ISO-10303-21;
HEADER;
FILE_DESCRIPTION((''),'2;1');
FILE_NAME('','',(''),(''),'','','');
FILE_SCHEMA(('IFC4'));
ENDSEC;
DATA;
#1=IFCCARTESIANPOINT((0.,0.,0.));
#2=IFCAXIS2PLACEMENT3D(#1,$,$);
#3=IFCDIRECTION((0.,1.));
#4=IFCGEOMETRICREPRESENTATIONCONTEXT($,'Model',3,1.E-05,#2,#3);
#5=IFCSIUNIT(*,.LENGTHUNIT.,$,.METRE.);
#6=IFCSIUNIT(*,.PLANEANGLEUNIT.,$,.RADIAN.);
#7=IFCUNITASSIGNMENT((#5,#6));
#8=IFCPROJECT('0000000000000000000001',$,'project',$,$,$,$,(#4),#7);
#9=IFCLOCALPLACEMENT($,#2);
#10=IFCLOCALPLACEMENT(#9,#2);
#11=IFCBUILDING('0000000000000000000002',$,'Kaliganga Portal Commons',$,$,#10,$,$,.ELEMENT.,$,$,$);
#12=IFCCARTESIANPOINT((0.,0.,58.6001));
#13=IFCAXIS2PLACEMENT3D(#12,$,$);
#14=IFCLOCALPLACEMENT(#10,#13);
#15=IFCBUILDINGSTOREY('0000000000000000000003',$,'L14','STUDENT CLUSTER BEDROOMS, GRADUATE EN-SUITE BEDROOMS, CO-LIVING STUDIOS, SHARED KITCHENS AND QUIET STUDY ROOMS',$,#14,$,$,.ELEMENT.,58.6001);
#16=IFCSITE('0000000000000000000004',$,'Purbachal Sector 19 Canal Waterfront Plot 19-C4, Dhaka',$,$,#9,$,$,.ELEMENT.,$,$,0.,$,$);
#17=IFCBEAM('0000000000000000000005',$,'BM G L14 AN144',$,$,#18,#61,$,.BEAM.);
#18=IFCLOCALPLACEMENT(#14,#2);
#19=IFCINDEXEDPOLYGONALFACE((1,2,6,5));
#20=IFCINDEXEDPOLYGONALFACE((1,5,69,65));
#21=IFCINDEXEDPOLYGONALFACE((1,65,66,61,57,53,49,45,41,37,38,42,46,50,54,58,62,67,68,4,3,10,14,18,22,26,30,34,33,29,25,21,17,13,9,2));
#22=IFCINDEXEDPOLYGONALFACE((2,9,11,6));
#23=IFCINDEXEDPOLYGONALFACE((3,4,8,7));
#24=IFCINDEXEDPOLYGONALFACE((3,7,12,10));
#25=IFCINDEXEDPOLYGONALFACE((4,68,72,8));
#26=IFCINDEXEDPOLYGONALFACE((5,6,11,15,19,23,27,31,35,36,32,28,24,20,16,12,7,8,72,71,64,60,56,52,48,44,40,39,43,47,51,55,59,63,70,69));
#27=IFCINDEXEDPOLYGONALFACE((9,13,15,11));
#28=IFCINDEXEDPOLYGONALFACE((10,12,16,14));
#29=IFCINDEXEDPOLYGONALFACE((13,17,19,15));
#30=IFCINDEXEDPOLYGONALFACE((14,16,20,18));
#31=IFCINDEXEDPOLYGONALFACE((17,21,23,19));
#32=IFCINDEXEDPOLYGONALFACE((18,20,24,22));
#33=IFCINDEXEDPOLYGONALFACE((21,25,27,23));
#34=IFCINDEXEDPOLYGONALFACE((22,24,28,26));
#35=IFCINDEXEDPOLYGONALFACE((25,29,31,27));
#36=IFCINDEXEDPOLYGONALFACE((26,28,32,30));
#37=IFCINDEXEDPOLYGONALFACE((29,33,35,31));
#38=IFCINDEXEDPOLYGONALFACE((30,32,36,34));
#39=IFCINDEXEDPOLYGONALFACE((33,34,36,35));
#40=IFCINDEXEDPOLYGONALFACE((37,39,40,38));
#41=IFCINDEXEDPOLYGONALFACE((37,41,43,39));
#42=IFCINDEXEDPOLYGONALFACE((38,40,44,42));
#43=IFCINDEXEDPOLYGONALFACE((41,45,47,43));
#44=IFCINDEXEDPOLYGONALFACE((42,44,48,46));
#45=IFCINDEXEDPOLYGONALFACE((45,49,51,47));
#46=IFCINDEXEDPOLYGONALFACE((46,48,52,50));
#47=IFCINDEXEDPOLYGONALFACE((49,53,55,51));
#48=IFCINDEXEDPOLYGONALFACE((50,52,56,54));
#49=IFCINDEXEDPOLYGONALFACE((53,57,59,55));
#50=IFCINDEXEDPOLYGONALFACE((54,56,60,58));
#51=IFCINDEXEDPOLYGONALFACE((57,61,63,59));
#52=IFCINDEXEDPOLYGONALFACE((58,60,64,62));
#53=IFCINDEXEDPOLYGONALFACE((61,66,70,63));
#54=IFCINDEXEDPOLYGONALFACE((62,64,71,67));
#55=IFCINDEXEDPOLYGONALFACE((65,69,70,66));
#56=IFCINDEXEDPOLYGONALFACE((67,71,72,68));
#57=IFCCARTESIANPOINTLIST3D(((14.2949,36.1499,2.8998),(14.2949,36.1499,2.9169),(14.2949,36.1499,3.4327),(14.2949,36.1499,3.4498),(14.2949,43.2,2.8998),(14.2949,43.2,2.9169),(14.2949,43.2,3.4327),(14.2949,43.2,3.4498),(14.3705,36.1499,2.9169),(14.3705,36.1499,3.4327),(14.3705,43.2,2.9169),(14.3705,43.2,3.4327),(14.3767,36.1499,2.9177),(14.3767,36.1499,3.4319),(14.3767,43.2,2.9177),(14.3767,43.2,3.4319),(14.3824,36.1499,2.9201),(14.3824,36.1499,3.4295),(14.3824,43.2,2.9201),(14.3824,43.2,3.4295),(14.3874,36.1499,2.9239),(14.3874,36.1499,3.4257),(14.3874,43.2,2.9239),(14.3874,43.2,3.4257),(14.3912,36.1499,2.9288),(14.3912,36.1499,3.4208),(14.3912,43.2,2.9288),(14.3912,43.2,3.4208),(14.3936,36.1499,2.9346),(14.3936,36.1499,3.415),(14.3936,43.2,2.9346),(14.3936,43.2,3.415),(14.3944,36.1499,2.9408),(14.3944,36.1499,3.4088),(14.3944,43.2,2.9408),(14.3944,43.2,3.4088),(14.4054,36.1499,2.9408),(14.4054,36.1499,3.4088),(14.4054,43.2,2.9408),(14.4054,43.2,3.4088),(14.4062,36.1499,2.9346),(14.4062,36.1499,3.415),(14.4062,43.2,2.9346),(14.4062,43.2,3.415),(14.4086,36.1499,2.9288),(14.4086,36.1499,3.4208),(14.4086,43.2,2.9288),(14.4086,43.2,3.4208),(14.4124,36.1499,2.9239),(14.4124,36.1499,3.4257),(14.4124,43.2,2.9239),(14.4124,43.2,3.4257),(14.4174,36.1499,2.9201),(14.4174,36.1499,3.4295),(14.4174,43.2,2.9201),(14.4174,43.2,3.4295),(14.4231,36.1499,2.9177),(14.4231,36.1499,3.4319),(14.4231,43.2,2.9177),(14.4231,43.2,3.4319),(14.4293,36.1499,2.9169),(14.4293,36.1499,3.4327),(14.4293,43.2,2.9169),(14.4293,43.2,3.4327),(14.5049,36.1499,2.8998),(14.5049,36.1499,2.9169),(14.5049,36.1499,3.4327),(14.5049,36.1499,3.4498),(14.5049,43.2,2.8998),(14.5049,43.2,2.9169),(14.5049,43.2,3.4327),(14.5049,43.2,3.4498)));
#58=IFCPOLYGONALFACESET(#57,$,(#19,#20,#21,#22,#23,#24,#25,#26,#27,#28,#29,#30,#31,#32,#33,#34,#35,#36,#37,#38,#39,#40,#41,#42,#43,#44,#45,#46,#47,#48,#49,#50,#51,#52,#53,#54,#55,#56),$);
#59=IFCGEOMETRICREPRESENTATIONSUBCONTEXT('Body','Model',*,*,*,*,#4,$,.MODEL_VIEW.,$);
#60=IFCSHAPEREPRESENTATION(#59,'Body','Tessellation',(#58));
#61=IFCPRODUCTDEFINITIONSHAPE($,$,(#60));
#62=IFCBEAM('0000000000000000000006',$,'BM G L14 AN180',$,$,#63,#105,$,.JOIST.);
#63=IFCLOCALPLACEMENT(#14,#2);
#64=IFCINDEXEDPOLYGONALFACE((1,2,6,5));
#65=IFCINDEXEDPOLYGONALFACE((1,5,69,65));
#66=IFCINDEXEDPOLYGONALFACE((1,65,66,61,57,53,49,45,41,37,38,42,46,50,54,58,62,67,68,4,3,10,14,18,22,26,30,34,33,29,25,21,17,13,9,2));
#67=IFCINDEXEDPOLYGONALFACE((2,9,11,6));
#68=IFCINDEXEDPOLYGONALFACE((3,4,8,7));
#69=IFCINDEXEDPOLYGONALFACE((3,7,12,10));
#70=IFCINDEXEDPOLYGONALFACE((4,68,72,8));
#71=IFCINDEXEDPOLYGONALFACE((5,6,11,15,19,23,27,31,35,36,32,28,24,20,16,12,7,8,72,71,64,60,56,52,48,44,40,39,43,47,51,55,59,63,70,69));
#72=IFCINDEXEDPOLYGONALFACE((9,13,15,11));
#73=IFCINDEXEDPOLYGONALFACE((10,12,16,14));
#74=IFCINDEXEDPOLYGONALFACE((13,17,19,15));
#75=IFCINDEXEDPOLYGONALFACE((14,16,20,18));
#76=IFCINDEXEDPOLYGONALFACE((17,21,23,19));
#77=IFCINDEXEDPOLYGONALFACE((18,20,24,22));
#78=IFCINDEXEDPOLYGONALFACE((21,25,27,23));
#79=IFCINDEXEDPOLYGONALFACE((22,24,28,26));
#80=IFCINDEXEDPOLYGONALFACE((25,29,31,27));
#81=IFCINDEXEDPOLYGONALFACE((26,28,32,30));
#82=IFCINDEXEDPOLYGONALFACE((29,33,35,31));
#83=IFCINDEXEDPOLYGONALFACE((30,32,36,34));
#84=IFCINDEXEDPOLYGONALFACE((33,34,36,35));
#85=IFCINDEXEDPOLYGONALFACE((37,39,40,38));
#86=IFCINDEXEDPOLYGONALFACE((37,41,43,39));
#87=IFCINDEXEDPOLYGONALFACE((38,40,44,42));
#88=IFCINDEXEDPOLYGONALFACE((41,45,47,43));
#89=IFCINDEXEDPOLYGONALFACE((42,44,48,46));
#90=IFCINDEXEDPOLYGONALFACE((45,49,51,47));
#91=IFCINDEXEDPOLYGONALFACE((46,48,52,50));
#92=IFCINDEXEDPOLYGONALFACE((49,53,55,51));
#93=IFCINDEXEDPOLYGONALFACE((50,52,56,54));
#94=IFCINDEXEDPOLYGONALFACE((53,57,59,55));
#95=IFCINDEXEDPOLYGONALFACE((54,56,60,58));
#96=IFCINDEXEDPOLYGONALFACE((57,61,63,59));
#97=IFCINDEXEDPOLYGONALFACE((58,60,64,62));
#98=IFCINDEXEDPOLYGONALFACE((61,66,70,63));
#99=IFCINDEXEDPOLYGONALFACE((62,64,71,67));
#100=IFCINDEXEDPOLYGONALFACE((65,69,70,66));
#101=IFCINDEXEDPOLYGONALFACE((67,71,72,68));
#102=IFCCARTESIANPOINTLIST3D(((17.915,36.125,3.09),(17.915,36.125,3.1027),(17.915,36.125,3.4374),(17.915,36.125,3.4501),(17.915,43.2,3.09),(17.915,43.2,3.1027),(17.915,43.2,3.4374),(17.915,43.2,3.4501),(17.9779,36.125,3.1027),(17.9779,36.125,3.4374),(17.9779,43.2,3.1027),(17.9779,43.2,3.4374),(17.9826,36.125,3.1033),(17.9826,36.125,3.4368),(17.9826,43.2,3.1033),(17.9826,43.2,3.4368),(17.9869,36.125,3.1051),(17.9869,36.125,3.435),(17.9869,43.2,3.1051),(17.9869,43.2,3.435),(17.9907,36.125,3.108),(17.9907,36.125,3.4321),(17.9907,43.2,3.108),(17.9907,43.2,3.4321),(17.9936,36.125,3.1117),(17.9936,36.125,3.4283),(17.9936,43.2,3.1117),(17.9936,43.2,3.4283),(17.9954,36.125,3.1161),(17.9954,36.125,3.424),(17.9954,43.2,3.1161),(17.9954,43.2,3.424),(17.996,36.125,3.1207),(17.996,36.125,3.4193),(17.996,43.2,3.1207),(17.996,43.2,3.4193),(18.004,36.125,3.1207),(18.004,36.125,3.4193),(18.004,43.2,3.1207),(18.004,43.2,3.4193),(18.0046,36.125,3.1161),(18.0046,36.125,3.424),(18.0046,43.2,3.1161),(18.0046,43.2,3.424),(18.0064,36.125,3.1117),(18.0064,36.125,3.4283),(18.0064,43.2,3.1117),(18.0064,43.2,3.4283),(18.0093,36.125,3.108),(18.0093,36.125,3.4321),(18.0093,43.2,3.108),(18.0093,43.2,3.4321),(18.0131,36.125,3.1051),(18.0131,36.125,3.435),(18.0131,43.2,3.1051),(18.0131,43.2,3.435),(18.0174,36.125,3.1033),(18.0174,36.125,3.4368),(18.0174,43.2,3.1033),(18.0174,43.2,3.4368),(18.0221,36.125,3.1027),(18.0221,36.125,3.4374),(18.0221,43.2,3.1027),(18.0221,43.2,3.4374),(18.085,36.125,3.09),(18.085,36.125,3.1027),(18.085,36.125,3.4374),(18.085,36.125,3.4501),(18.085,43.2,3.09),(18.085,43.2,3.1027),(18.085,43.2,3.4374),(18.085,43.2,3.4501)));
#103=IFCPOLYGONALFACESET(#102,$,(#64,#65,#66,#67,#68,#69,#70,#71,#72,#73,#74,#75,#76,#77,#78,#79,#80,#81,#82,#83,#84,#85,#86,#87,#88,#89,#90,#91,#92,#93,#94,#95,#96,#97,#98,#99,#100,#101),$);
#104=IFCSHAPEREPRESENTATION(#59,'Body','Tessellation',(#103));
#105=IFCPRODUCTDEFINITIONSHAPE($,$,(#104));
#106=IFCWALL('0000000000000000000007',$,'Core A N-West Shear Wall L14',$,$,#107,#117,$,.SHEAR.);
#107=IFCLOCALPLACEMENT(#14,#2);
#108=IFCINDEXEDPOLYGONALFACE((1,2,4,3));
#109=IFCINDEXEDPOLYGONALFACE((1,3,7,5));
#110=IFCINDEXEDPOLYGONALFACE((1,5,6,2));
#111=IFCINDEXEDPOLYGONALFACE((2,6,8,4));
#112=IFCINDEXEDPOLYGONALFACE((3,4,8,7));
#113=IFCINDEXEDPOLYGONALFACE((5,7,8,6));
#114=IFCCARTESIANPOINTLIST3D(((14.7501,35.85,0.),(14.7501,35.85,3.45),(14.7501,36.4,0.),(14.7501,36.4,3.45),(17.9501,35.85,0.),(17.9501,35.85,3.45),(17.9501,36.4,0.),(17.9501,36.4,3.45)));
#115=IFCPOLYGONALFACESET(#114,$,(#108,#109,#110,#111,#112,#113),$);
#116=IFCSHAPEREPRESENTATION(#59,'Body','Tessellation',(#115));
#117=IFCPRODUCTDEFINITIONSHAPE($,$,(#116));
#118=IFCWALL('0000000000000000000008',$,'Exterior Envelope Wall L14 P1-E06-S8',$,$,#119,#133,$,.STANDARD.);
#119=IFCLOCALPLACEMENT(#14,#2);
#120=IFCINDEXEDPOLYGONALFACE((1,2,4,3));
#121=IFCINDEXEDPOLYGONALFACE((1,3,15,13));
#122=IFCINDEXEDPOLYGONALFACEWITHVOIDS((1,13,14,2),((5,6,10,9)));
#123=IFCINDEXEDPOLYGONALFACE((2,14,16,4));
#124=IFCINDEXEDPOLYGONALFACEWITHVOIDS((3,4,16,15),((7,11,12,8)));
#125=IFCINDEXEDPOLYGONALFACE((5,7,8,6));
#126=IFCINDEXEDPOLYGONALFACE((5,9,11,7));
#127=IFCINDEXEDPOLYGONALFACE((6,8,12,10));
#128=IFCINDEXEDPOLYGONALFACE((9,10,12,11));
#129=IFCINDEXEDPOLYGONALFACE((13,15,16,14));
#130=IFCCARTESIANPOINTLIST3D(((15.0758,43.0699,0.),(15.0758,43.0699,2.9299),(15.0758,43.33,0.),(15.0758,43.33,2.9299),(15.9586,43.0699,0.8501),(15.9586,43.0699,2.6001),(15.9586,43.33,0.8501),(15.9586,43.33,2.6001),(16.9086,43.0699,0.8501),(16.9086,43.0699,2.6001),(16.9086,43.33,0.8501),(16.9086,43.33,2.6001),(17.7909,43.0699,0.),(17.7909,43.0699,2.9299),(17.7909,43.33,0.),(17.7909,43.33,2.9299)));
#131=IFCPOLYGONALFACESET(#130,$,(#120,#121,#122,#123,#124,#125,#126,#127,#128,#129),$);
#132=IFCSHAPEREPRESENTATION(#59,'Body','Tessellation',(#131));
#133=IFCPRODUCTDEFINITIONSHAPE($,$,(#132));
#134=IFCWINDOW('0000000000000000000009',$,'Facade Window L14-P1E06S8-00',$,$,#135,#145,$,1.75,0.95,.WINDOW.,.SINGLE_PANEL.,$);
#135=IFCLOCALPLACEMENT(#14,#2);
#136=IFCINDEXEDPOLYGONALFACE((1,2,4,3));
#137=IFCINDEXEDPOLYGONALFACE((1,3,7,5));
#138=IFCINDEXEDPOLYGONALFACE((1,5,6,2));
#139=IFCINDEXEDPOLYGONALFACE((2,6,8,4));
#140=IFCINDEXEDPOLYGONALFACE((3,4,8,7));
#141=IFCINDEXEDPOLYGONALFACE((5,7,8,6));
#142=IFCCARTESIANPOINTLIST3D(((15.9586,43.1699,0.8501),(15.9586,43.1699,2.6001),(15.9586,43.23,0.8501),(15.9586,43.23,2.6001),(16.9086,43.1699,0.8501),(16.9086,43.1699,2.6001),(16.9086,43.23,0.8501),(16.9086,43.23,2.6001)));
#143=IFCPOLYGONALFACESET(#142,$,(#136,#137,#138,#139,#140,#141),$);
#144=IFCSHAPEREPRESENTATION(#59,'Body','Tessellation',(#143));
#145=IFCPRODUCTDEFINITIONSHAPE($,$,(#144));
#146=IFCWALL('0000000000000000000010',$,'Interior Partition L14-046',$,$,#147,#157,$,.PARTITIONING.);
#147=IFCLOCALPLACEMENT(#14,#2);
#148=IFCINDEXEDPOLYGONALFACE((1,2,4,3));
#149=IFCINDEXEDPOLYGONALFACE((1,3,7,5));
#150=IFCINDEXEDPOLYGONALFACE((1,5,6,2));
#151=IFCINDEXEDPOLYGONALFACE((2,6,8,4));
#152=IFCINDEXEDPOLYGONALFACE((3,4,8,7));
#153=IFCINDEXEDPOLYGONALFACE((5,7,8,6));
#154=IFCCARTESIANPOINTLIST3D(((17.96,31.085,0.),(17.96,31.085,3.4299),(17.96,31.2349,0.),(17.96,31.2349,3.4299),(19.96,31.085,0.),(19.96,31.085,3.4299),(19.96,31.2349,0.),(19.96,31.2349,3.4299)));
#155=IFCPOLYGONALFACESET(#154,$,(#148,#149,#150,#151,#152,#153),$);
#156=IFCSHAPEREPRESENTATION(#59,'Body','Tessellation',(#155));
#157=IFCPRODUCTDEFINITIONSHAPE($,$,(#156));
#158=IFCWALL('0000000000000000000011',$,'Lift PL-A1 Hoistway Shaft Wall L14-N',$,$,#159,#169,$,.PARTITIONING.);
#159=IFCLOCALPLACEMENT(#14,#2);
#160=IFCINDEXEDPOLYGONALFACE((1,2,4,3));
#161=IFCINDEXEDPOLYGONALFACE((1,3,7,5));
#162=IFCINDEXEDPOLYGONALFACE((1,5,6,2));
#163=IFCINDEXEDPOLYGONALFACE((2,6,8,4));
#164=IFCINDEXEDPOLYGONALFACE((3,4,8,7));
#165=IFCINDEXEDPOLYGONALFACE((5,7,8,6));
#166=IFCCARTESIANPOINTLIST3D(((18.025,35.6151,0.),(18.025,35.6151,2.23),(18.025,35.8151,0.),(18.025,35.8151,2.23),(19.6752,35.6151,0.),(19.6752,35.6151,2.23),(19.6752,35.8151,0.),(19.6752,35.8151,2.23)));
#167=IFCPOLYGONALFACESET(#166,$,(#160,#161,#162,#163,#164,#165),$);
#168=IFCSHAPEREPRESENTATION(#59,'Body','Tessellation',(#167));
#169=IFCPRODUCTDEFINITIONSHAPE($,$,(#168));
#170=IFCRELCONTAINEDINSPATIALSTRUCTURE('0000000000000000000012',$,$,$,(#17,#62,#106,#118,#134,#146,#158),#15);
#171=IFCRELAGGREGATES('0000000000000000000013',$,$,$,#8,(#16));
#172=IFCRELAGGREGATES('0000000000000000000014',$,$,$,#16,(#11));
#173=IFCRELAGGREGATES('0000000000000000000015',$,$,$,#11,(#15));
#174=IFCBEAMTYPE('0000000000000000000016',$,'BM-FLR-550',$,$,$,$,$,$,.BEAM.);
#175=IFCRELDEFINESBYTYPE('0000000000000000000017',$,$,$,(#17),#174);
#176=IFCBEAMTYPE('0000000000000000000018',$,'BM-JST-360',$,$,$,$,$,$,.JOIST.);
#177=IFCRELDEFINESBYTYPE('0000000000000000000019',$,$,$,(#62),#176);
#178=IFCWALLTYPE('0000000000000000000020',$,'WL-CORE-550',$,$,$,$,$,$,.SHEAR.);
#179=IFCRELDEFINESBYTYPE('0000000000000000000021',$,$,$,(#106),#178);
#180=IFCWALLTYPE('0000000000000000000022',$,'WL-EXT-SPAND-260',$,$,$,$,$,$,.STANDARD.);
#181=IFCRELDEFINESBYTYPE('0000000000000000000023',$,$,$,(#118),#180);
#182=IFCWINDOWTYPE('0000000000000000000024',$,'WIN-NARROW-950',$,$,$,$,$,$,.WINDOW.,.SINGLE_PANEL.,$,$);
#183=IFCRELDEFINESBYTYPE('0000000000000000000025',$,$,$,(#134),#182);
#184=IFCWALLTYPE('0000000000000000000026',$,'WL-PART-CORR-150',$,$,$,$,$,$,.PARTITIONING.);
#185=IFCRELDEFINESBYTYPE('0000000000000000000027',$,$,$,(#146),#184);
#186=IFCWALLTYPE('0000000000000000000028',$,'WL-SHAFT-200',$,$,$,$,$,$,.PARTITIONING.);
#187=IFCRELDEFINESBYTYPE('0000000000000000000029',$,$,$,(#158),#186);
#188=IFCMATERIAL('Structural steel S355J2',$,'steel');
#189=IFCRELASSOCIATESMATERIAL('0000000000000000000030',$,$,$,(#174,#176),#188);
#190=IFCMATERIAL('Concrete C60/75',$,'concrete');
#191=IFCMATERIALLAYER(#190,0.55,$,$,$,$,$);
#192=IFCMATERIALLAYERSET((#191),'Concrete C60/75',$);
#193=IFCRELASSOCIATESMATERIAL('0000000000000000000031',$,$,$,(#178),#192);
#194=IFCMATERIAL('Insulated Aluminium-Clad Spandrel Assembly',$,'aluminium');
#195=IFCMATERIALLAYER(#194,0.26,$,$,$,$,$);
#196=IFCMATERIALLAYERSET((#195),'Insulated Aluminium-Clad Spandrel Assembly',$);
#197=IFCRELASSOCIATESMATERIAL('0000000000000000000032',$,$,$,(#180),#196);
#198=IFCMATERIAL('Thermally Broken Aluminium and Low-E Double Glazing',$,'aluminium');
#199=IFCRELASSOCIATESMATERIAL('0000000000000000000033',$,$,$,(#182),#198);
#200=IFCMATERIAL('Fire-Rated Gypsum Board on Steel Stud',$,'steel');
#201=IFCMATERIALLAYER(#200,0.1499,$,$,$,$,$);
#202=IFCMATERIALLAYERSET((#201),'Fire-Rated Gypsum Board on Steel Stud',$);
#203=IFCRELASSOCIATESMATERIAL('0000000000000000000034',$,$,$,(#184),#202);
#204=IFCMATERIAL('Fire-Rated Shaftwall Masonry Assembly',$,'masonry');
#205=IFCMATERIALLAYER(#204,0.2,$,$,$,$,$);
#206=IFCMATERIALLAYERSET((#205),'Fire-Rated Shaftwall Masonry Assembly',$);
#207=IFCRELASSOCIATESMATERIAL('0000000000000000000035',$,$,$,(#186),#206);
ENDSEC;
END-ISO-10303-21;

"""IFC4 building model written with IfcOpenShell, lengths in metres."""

from ifc_helpers import new_model, si_unit, direction, frame, frame_2d, origin, origin_2d, place, context, subcontext, project, spatial, rectangle, i_section, extrude, source, transform, mapped, material, layer, layer_set, material_profile, profile_set, type_object, element, fill, save


model = new_model("IFC4")

# Units and contexts
model_context = context("Model", 3, precision=1e-05, world=origin(), true_north=direction((0.0, 1.0)))
body_context = subcontext(model_context, "Body", "Model", "MODEL_VIEW")
ifc_project = project(units=[si_unit("LENGTHUNIT", "METRE"), si_unit("PLANEANGLEUNIT", "RADIAN")], contexts=[model_context])

# Site, building, storey
site_placement = place(None, origin())
site = spatial("IfcSite", under=ifc_project, at=site_placement, Name="Purbachal Sector 19 Canal Waterfront Plot 19-C4, Dhaka", CompositionType="ELEMENT", RefElevation=0.0)
building_placement = place(site_placement, origin())
building = spatial("IfcBuilding", under=site, at=building_placement, Name="Kaliganga Portal Commons", CompositionType="ELEMENT")
storey_placement = place(building_placement, frame((0.0, 0.0, 58.6001)))
storey = spatial("IfcBuildingStorey", under=building, at=storey_placement, Name="L14", Description="STUDENT CLUSTER BEDROOMS, GRADUATE EN-SUITE BEDROOMS, CO-LIVING STUDIOS, SHARED KITCHENS AND QUIET STUDY ROOMS", CompositionType="ELEMENT", Elevation=58.6001)

# Beams
ifc_material_1 = material(Name="Concrete C60/75", Category="concrete")
ifc_material_2 = material(Name="Structural steel S355J2", Category="steel")
ifc_material_profile_1 = material_profile(ifc_material_2, i_section(OverallWidth=0.21, OverallDepth=0.55, WebThickness=0.011, FlangeThickness=0.0171, FilletRadius=0.0239, at=origin_2d()), Name="IPE 550")
ifc_profile_set_1 = profile_set([ifc_material_profile_1], Name="Structural steel S355J2 wide-flange")
beam_type_1 = type_object("IfcBeamType", Name="BM-FLR-550", PredefinedType="BEAM", material=ifc_profile_set_1)
shared_shape_1 = source(origin(), body_context, "Body", "SweptSolid", [
    extrude(i_section(OverallWidth=0.21, OverallDepth=0.55, WebThickness=0.011, FlangeThickness=0.0171, FilletRadius=0.0239, at=origin_2d()), origin(), (0.0, 0.0, 1.0), 7.05),
])
beam_1_placement = place(storey_placement, frame((14.3999, 36.1499, 3.1748), z_axis=(0.0, 1.0, 0.0), x_axis=(-1.0, 0.0, 0.0)))
element("IfcBeam", 1, at=beam_1_placement, inside=storey, type_object=beam_type_1, Name="BM G L14 AN144", PredefinedType="BEAM", context=body_context, shape_type="MappedRepresentation", body=[
    mapped(shared_shape_1, transform((0.0, 0.0, 0.0), x_axis=(1.0, 0.0, 0.0), y_axis=(0.0, 1.0, 0.0), z_axis=(0.0, 0.0, 1.0), scale=1.0)),
])
ifc_material_profile_2 = material_profile(ifc_material_2, i_section(OverallWidth=0.1699, OverallDepth=0.3601, WebThickness=0.0081, FlangeThickness=0.0127, FilletRadius=0.0181, at=origin_2d()), Name="IPE 360")
ifc_profile_set_2 = profile_set([ifc_material_profile_2], Name="Structural steel S355J2 wide-flange")
beam_type_2 = type_object("IfcBeamType", Name="BM-JST-360", PredefinedType="JOIST", material=ifc_profile_set_2)
shared_shape_2 = source(origin(), body_context, "Body", "SweptSolid", [
    extrude(i_section(OverallWidth=0.1699, OverallDepth=0.3601, WebThickness=0.0081, FlangeThickness=0.0127, FilletRadius=0.0181, at=origin_2d()), origin(), (0.0, 0.0, 1.0), 7.075),
])
beam_2_placement = place(storey_placement, frame((18.0, 36.125, 3.27), z_axis=(0.0, 1.0, 0.0), x_axis=(-1.0, 0.0, 0.0)))
element("IfcBeam", 2, at=beam_2_placement, inside=storey, type_object=beam_type_2, Name="BM G L14 AN180", PredefinedType="JOIST", context=body_context, shape_type="MappedRepresentation", body=[
    mapped(shared_shape_2, transform((0.0, 0.0, 0.0), x_axis=(1.0, 0.0, 0.0), y_axis=(0.0, 1.0, 0.0), z_axis=(0.0, 0.0, 1.0), scale=1.0)),
])

# Wall
ifc_layer_1 = layer(ifc_material_1, 0.55)
ifc_layer_set_1 = layer_set([ifc_layer_1], Name="Concrete C60/75")
wall_type_1 = type_object("IfcWallType", Name="WL-CORE-550", PredefinedType="SHEAR", material=ifc_layer_set_1)
wall_1_placement = place(storey_placement, frame((14.75, 36.125, 0.0), z_axis=(0.0, 0.0, 1.0), x_axis=(1.0, 0.0, 0.0)))
element("IfcWall", 3, at=wall_1_placement, inside=storey, type_object=wall_type_1, Name="Core A N-West Shear Wall L14", PredefinedType="SHEAR", context=body_context, shape_type="SweptSolid", body=[
    extrude(rectangle(XDim=3.2, YDim=0.55, at=frame_2d((1.6001, 0.0))), origin(), (0.0, 0.0, 1.0), 3.45),
])

# Wall, opening, window
ifc_material_3 = material(Name="Insulated Aluminium-Clad Spandrel Assembly", Category="aluminium")
ifc_layer_2 = layer(ifc_material_3, 0.26)
ifc_layer_set_2 = layer_set([ifc_layer_2], Name="Insulated Aluminium-Clad Spandrel Assembly")
wall_type_2 = type_object("IfcWallType", Name="WL-EXT-SPAND-260", PredefinedType="STANDARD", material=ifc_layer_set_2)
wall_2_placement = place(storey_placement, frame((15.0759, 43.2, 0.0), z_axis=(0.0, 0.0, 1.0), x_axis=(1.0, 0.0, 0.0)))
wall_2 = element("IfcWall", 4, at=wall_2_placement, inside=storey, type_object=wall_type_2, Name="Exterior Envelope Wall L14 P1-E06-S8", PredefinedType="STANDARD", context=body_context, shape_type="SweptSolid", body=[
    extrude(rectangle(XDim=2.7151, YDim=0.26, at=frame_2d((1.3574, 0.0))), origin(), (0.0, 0.0, 1.0), 2.9299),
])
opening_1_placement = place(wall_2_placement, frame((0.8826, 0.0, 0.8501)))
opening_1 = element("IfcOpeningElement", 5, at=opening_1_placement, cuts=wall_2, PredefinedType="OPENING", context=body_context, shape_type="SweptSolid", body=[
    extrude(rectangle(XDim=0.95, YDim=1.75, at=frame_2d((0.4751, 0.875))), frame((0.0, 0.1401, 0.0), z_axis=(0.0, -1.0, 0.0), x_axis=(1.0, 0.0, 0.0)), (0.0, 0.0, 1.0), 0.28),
])
ifc_material_4 = material(Name="Thermally Broken Aluminium and Low-E Double Glazing", Category="aluminium")
window_type = type_object("IfcWindowType", Name="WIN-NARROW-950", PartitioningType="SINGLE_PANEL", PredefinedType="WINDOW", material=ifc_material_4)
window_placement = place(opening_1_placement, origin())
window = element("IfcWindow", 6, at=window_placement, inside=storey, type_object=window_type, Name="Facade Window L14-P1E06S8-00", OverallHeight=1.75, OverallWidth=0.95, PartitioningType="SINGLE_PANEL", PredefinedType="WINDOW", context=body_context, shape_type="SweptSolid", body=[
    extrude(rectangle(XDim=0.95, YDim=1.75, at=frame_2d((0.4751, 0.875))), frame((0.0, 0.03, 0.0), z_axis=(0.0, -1.0, 0.0), x_axis=(1.0, 0.0, 0.0)), (0.0, 0.0, 1.0), 0.0601),
])
fill(opening_1, window)

# Wall
ifc_material_5 = material(Name="Fire-Rated Gypsum Board on Steel Stud", Category="steel")
ifc_layer_3 = layer(ifc_material_5, 0.1499)
ifc_layer_set_3 = layer_set([ifc_layer_3], Name="Fire-Rated Gypsum Board on Steel Stud")
wall_type_3 = type_object("IfcWallType", Name="WL-PART-CORR-150", PredefinedType="PARTITIONING", material=ifc_layer_set_3)
wall_3_placement = place(storey_placement, frame((17.96, 31.1599, 0.0), z_axis=(0.0, 0.0, 1.0), x_axis=(1.0, 0.0, 0.0)))
element("IfcWall", 7, at=wall_3_placement, inside=storey, type_object=wall_type_3, Name="Interior Partition L14-046", PredefinedType="PARTITIONING", context=body_context, shape_type="SweptSolid", body=[
    extrude(rectangle(XDim=2.0, YDim=0.1499, at=frame_2d((1.0, 0.0))), origin(), (0.0, 0.0, 1.0), 3.4299),
])

# Shared definitions
ifc_material_6 = material(Name="Fire-Rated Shaftwall Masonry Assembly", Category="masonry")
ifc_layer_4 = layer(ifc_material_6, 0.2)
ifc_layer_set_4 = layer_set([ifc_layer_4], Name="Fire-Rated Shaftwall Masonry Assembly")
wall_type_4 = type_object("IfcWallType", Name="WL-SHAFT-200", PredefinedType="PARTITIONING", material=ifc_layer_set_4)

# Wall
wall_4_placement = place(storey_placement, frame((18.0249, 35.7151, 0.0), z_axis=(0.0, 0.0, 1.0), x_axis=(1.0, 0.0, 0.0)))
element("IfcWall", 8, at=wall_4_placement, inside=storey, type_object=wall_type_4, Name="Lift PL-A1 Hoistway Shaft Wall L14-N", PredefinedType="PARTITIONING", context=body_context, shape_type="SweptSolid", body=[
    extrude(rectangle(XDim=1.6501, YDim=0.2, at=frame_2d((0.8252, 0.0))), origin(), (0.0, 0.0, 1.0), 2.23),
])

save(model, "model.ifc")
